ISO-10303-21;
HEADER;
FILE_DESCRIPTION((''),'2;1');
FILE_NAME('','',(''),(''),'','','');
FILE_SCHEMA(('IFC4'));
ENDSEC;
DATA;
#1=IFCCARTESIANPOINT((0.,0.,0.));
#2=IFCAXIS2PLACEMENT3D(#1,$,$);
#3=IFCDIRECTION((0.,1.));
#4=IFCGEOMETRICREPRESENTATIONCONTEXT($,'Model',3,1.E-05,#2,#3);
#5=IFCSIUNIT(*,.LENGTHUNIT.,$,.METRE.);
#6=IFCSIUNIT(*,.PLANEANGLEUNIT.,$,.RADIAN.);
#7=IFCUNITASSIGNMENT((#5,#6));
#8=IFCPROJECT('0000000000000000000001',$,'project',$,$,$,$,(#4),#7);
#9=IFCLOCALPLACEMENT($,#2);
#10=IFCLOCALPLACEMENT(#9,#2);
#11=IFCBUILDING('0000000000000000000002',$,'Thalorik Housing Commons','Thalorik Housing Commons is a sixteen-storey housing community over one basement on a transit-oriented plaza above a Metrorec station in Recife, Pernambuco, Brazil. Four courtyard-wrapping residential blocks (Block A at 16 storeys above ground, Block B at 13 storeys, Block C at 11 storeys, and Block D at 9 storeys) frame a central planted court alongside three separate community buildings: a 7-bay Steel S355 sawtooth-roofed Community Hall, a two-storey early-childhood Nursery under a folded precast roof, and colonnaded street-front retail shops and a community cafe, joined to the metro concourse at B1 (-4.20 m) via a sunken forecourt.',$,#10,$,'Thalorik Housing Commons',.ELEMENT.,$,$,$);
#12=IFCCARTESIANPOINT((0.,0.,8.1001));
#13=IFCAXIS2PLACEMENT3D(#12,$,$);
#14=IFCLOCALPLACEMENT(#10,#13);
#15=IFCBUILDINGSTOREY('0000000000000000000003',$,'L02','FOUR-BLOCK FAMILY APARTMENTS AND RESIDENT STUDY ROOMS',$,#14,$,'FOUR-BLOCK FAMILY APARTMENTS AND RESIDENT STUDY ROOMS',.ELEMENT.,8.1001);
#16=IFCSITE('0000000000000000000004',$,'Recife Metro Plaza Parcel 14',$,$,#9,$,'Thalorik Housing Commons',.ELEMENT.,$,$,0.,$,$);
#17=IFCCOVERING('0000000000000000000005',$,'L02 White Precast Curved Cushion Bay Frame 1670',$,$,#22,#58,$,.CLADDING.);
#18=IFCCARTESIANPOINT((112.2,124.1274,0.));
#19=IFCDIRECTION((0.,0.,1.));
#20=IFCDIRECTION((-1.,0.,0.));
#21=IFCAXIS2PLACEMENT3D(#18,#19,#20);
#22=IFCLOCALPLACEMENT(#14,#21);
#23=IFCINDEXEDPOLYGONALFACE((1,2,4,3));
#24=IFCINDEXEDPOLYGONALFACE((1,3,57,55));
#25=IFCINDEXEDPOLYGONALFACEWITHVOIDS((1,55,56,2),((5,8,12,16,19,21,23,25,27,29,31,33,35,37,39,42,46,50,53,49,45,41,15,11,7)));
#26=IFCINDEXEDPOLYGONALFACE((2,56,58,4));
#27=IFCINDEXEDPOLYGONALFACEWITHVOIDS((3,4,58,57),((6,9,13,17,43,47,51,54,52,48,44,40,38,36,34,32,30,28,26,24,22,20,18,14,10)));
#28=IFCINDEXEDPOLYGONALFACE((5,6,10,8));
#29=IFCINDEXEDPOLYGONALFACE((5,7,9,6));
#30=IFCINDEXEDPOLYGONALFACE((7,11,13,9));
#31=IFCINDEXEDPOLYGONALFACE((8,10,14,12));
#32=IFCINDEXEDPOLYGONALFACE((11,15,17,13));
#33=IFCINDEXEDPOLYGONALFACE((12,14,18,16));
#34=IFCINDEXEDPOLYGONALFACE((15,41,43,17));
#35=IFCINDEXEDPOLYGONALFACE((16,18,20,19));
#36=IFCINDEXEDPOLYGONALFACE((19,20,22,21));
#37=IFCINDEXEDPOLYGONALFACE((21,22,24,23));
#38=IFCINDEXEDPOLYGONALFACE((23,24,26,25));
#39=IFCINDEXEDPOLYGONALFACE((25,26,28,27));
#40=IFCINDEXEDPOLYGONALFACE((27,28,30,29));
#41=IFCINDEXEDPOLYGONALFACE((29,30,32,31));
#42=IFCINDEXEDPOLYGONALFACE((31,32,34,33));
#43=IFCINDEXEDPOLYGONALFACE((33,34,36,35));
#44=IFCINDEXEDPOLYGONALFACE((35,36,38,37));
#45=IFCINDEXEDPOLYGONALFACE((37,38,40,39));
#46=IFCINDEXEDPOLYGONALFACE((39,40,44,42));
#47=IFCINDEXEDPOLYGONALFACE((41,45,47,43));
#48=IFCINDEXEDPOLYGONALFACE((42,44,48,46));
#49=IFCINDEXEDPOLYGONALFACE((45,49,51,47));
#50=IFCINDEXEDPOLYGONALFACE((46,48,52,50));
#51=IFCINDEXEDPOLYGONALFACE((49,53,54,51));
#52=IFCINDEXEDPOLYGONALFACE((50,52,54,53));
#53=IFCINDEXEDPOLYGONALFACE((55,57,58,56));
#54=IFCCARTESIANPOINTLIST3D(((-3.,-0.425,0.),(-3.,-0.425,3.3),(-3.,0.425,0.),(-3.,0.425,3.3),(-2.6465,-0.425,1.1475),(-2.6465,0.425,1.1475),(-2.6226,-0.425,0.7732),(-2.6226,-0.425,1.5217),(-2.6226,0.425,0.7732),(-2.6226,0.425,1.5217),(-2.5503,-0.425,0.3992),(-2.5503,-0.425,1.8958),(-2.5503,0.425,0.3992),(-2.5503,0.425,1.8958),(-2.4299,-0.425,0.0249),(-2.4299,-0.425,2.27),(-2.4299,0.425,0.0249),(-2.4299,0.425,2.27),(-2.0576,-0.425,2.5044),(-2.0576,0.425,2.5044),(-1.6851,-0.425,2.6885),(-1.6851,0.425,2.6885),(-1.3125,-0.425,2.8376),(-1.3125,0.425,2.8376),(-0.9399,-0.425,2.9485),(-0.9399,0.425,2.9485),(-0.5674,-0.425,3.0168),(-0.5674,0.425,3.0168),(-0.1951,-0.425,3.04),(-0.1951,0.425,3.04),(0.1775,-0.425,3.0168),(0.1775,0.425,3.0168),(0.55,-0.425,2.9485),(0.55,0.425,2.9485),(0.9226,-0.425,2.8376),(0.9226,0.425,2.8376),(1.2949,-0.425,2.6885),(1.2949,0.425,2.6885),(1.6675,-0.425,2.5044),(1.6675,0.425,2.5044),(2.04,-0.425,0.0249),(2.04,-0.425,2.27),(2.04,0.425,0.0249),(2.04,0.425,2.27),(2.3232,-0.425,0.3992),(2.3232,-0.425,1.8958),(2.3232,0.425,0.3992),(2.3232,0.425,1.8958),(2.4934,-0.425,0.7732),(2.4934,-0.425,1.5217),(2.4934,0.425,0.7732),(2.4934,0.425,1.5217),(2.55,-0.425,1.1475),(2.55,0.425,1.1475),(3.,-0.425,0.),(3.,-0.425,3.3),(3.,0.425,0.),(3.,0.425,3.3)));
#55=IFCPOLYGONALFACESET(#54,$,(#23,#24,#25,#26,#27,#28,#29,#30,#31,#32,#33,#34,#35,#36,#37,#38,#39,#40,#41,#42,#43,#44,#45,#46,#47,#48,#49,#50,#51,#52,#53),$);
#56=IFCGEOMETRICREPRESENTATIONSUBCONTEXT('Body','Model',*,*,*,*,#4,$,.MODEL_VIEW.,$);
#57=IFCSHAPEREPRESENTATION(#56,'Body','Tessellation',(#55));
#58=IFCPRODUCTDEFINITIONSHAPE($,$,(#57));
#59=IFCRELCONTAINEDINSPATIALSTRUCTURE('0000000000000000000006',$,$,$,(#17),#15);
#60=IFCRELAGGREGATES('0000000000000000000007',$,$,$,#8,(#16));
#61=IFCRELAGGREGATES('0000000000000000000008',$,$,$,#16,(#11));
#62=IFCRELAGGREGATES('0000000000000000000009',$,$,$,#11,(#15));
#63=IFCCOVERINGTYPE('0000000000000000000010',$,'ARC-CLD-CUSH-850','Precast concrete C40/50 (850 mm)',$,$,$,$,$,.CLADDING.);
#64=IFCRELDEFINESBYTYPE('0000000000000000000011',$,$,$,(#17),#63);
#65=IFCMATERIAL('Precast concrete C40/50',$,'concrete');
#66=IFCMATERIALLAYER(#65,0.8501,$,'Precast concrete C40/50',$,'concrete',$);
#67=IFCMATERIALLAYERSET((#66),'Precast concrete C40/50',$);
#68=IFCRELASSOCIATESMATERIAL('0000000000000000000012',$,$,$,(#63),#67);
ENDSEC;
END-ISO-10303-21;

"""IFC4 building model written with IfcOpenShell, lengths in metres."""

from ifc_helpers import new_model, si_unit, direction, frame, origin, place, context, subcontext, project, spatial, polyline, outline, extrude, material, layer, layer_set, type_object, element, save


model = new_model("IFC4")

# Units and contexts
model_context = context("Model", 3, precision=1e-05, world=origin(), true_north=direction((0.0, 1.0)))
body_context = subcontext(model_context, "Body", "Model", "MODEL_VIEW")
ifc_project = project(units=[si_unit("LENGTHUNIT", "METRE"), si_unit("PLANEANGLEUNIT", "RADIAN")], contexts=[model_context])

# Site, building, storey
site_placement = place(None, origin())
site = spatial("IfcSite", under=ifc_project, at=site_placement, Name="Recife Metro Plaza Parcel 14", LongName="Thalorik Housing Commons", CompositionType="ELEMENT", RefElevation=0.0)
building_placement = place(site_placement, origin())
building = spatial("IfcBuilding", under=site, at=building_placement, Name="Thalorik Housing Commons", Description="Thalorik Housing Commons is a sixteen-storey housing community over one basement on a transit-oriented plaza above a Metrorec station in Recife, Pernambuco, Brazil. Four courtyard-wrapping residential blocks (Block A at 16 storeys above ground, Block B at 13 storeys, Block C at 11 storeys, and Block D at 9 storeys) frame a central planted court alongside three separate community buildings: a 7-bay Steel S355 sawtooth-roofed Community Hall, a two-storey early-childhood Nursery under a folded precast roof, and colonnaded street-front retail shops and a community cafe, joined to the metro concourse at B1 (-4.20 m) via a sunken forecourt.", LongName="Thalorik Housing Commons", CompositionType="ELEMENT")
storey_placement = place(building_placement, frame((0.0, 0.0, 8.1001)))
storey = spatial("IfcBuildingStorey", under=building, at=storey_placement, Name="L02", Description="FOUR-BLOCK FAMILY APARTMENTS AND RESIDENT STUDY ROOMS", LongName="FOUR-BLOCK FAMILY APARTMENTS AND RESIDENT STUDY ROOMS", CompositionType="ELEMENT", Elevation=8.1001)

# Shared definitions
ifc_material_1 = material(Name="Precast concrete C40/50", Category="concrete")

# Covering
ifc_layer_1 = layer(ifc_material_1, 0.8501, Name="Precast concrete C40/50", Category="concrete")
ifc_layer_set_1 = layer_set([ifc_layer_1], Name="Precast concrete C40/50")
covering_type_1 = type_object("IfcCoveringType", Name="ARC-CLD-CUSH-850", Description="Precast concrete C40/50 (850 mm)", PredefinedType="CLADDING", material=ifc_layer_set_1)
covering_1_placement = place(storey_placement, frame((112.2, 124.1274, 0.0), z_axis=(0.0, 0.0, 1.0), x_axis=(-1.0, 0.0, 0.0)))
element("IfcCovering", 1, at=covering_1_placement, inside=storey, type_object=covering_type_1, Name="L02 White Precast Curved Cushion Bay Frame 1670", PredefinedType="CLADDING", context=body_context, shape_type="SweptSolid", body=[
    extrude(outline(polyline([(-3.0, 0.0), (3.0, 0.0), (3.0, 3.3), (-3.0, 3.3), (-3.0, 0.0)]), holes=[polyline([(2.04, 0.0249), (2.3232, 0.3992), (2.4934, 0.7732), (2.55, 1.1475), (2.4934, 1.5217), (2.3232, 1.8958), (2.04, 2.27), (1.6675, 2.5044), (1.2949, 2.6885), (0.9226, 2.8376), (0.55, 2.9485), (0.1775, 3.0168), (-0.1951, 3.04), (-0.5674, 3.0168), (-0.9399, 2.9485), (-1.3125, 2.8376), (-1.6851, 2.6885), (-2.0576, 2.5044), (-2.4299, 2.27), (-2.5503, 1.8958), (-2.6226, 1.5217), (-2.6465, 1.1475), (-2.6226, 0.7732), (-2.5503, 0.3992), (-2.4299, 0.0249), (2.04, 0.0249)])]), frame((0.0, 0.425, 0.0), z_axis=(0.0, -1.0, 0.0), x_axis=(1.0, 0.0, 0.0)), (0.0, 0.0, 1.0), 0.8501),
])

save(model, "model.ifc")
